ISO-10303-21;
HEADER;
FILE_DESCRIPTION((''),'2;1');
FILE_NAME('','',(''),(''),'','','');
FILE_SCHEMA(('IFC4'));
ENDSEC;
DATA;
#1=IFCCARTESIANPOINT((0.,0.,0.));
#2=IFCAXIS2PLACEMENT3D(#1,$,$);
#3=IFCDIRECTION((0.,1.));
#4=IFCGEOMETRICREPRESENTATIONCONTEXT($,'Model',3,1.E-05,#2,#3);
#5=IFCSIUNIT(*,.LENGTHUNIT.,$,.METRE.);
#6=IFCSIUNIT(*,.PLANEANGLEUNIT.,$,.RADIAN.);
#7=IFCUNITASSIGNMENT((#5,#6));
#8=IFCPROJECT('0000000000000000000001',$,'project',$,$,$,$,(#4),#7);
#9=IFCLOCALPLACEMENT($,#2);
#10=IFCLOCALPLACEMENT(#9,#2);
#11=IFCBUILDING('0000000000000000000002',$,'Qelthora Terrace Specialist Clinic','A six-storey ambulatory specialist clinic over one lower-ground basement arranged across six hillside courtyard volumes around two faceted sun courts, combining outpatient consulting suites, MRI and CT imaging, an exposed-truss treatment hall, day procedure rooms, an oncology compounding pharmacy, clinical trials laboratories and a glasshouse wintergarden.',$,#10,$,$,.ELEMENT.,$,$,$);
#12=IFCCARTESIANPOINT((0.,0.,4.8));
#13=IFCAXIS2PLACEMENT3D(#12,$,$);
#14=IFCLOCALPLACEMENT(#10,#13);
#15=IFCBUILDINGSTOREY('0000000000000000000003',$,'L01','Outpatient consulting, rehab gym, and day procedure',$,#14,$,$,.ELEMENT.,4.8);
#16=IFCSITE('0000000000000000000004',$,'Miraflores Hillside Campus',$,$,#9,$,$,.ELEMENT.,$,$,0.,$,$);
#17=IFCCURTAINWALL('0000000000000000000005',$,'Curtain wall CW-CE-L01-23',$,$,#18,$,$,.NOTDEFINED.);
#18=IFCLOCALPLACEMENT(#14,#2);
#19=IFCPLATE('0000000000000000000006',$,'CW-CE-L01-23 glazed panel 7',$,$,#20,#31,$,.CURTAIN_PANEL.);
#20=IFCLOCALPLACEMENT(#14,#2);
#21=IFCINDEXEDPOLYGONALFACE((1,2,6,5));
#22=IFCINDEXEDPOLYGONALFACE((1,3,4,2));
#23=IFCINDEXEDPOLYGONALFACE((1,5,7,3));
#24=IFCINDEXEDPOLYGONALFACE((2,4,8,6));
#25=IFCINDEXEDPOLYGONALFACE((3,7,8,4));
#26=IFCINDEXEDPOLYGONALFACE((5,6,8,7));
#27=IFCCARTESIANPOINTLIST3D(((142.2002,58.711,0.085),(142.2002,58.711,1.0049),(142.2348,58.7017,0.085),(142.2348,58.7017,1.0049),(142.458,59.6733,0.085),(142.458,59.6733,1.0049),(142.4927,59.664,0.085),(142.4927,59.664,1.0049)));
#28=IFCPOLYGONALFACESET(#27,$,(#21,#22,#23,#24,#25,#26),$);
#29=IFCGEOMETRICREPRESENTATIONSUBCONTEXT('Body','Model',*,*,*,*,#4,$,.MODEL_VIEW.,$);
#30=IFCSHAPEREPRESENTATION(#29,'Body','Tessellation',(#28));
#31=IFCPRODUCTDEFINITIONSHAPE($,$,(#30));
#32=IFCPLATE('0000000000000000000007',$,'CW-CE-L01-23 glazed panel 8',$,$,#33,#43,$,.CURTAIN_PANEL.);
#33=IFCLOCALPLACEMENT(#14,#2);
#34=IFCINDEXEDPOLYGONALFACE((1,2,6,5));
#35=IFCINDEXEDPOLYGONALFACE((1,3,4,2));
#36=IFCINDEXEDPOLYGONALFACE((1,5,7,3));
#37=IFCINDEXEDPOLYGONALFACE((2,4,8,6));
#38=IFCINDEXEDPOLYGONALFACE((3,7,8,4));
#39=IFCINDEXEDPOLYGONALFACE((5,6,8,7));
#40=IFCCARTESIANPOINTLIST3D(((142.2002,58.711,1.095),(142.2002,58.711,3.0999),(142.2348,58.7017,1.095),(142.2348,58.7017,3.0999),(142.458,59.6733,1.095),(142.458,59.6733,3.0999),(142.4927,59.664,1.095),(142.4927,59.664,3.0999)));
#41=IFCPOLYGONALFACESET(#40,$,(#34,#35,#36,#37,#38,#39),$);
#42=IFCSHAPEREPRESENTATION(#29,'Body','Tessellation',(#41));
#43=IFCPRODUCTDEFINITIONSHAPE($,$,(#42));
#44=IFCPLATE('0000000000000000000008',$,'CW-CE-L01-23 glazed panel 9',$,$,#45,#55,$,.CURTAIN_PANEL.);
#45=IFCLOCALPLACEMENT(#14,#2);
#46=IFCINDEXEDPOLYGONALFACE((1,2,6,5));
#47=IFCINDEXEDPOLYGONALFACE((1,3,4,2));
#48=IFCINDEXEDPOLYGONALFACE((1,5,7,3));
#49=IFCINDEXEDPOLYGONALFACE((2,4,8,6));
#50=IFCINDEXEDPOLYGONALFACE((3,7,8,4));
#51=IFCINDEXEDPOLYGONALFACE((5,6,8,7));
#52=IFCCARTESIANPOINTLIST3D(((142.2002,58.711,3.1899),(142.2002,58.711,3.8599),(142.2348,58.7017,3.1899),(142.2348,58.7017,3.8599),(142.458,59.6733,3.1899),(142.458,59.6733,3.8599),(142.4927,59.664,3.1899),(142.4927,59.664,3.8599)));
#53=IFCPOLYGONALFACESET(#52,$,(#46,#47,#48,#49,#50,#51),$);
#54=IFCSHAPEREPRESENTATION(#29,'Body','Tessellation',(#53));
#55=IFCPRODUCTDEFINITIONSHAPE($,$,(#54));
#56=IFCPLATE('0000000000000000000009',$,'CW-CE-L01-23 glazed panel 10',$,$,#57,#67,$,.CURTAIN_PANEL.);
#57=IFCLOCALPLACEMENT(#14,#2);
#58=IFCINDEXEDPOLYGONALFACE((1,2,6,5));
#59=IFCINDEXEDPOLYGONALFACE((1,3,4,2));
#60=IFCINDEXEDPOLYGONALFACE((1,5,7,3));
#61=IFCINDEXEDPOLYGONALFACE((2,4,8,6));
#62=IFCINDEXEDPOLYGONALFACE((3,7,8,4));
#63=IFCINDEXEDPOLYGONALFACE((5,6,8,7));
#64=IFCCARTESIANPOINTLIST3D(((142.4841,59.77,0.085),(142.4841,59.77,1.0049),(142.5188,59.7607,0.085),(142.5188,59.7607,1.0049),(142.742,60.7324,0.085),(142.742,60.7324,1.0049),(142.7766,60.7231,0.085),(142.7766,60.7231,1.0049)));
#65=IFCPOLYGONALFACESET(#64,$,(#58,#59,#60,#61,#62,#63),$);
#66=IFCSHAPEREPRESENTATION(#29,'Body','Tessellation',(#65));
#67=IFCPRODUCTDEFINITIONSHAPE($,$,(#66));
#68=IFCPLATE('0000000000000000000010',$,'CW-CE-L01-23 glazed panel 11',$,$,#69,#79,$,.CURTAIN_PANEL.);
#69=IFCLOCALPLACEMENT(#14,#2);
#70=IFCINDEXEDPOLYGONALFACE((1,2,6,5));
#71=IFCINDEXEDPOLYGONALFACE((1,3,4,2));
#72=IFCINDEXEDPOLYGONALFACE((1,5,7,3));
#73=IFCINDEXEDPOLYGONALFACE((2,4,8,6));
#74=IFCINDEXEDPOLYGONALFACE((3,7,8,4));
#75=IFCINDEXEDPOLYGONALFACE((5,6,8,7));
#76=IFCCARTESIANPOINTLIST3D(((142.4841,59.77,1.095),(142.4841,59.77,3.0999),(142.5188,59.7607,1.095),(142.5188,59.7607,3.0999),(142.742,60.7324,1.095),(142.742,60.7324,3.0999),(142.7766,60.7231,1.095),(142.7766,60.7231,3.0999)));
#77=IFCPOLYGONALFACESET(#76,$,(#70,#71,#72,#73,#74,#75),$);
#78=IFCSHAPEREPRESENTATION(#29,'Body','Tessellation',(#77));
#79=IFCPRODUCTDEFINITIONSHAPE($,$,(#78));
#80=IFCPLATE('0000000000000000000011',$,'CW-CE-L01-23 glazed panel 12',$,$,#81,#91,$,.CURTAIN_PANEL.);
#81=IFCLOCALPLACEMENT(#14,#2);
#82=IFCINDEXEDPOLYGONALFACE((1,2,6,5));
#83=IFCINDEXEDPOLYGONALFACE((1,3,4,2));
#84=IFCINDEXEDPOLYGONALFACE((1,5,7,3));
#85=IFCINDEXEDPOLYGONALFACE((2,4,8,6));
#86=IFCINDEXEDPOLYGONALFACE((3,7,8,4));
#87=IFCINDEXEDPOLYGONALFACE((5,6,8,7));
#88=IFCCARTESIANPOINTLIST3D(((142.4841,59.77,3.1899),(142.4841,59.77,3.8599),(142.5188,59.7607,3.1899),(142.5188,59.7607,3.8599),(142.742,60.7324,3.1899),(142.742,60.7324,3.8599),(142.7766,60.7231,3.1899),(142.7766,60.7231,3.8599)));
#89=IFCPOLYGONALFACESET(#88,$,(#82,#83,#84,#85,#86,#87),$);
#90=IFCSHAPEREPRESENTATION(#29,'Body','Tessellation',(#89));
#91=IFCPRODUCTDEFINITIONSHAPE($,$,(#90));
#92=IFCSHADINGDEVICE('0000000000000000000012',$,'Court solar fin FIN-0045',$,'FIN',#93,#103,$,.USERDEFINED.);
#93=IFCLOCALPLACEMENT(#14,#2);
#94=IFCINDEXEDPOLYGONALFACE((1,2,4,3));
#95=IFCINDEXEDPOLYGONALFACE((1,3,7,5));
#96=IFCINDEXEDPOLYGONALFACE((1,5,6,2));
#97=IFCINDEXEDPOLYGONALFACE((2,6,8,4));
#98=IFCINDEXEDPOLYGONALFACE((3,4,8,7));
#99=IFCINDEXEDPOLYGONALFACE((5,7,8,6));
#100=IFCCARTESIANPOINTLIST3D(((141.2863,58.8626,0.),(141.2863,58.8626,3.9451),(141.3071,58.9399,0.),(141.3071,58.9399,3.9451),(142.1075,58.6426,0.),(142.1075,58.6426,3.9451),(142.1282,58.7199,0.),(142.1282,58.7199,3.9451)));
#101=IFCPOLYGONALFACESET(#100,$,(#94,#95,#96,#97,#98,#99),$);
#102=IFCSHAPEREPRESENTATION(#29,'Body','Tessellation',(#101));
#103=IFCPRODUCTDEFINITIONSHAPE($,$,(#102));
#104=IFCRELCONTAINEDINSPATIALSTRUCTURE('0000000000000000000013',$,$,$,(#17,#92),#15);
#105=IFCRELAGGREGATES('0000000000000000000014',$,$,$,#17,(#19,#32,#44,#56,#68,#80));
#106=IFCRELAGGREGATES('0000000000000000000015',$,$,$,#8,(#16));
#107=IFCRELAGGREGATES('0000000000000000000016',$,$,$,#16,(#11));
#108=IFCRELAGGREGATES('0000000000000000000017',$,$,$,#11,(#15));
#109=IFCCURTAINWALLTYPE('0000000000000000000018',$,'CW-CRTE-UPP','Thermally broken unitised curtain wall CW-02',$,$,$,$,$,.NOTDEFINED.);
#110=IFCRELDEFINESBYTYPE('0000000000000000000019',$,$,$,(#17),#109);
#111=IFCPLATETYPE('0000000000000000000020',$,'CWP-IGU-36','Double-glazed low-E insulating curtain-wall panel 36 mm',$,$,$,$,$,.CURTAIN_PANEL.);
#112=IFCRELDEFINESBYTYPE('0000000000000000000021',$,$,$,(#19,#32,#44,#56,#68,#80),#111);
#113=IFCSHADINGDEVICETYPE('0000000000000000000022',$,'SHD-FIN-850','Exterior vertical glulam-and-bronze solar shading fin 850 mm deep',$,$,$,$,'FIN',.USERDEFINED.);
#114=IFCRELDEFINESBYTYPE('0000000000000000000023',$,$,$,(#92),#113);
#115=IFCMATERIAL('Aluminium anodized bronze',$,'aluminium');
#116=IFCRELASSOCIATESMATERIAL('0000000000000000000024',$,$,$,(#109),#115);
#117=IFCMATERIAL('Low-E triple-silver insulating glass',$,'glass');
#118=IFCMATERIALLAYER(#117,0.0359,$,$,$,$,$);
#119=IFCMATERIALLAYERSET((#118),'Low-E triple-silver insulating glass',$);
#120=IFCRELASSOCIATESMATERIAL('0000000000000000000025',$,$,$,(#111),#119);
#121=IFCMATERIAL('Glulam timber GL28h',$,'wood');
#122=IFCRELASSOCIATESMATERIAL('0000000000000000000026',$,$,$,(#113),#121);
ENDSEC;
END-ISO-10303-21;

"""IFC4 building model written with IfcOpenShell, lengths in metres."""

from ifc_helpers import new_model, si_unit, direction, frame, origin, origin_2d, place, context, subcontext, project, spatial, rectangle, extrude, material, layer, layer_set, type_object, element, aggregate, save


model = new_model("IFC4")

# Units and contexts
model_context = context("Model", 3, precision=1e-05, world=origin(), true_north=direction((0.0, 1.0)))
body_context = subcontext(model_context, "Body", "Model", "MODEL_VIEW")
ifc_project = project(units=[si_unit("LENGTHUNIT", "METRE"), si_unit("PLANEANGLEUNIT", "RADIAN")], contexts=[model_context])

# Site, building, storey
site_placement = place(None, origin())
site = spatial("IfcSite", under=ifc_project, at=site_placement, Name="Miraflores Hillside Campus", CompositionType="ELEMENT", RefElevation=0.0)
building_placement = place(site_placement, origin())
building = spatial("IfcBuilding", under=site, at=building_placement, Name="Qelthora Terrace Specialist Clinic", Description="A six-storey ambulatory specialist clinic over one lower-ground basement arranged across six hillside courtyard volumes around two faceted sun courts, combining outpatient consulting suites, MRI and CT imaging, an exposed-truss treatment hall, day procedure rooms, an oncology compounding pharmacy, clinical trials laboratories and a glasshouse wintergarden.", CompositionType="ELEMENT")
storey_placement = place(building_placement, frame((0.0, 0.0, 4.8)))
storey = spatial("IfcBuildingStorey", under=building, at=storey_placement, Name="L01", Description="Outpatient consulting, rehab gym, and day procedure", CompositionType="ELEMENT", Elevation=4.8)

# Shared definitions
ifc_material_1 = material(Name="Aluminium anodized bronze", Category="aluminium")
curtain_wall_type = type_object("IfcCurtainWallType", Name="CW-CRTE-UPP", Description="Thermally broken unitised curtain wall CW-02", PredefinedType="NOTDEFINED", material=ifc_material_1)

# Curtain wall
curtain_wall_1_placement = place(storey_placement, origin())
curtain_wall_1 = element("IfcCurtainWall", 1, at=curtain_wall_1_placement, inside=storey, type_object=curtain_wall_type, Name="Curtain wall CW-CE-L01-23", PredefinedType="NOTDEFINED")

# Plates
ifc_material_2 = material(Name="Low-E triple-silver insulating glass", Category="glass")
ifc_layer = layer(ifc_material_2, 0.0359)
ifc_layer_set = layer_set([ifc_layer], Name="Low-E triple-silver insulating glass")
plate_type = type_object("IfcPlateType", Name="CWP-IGU-36", Description="Double-glazed low-E insulating curtain-wall panel 36 mm", PredefinedType="CURTAIN_PANEL", material=ifc_layer_set)
plate_1_placement = place(storey_placement, frame((142.3464, 59.1875, 0.085), z_axis=(0.0, 0.0, 1.0), x_axis=(0.258819, 0.965926, 0.0)))
plate_1 = element("IfcPlate", 2, at=plate_1_placement, type_object=plate_type, Name="CW-CE-L01-23 glazed panel 7", PredefinedType="CURTAIN_PANEL", context=body_context, shape_type="SweptSolid", body=[
    extrude(rectangle(XDim=0.9963, YDim=0.0359, at=origin_2d()), origin(), (0.0, 0.0, 1.0), 0.9199),
])
plate_2_placement = place(storey_placement, frame((142.3464, 59.1875, 1.095), z_axis=(0.0, 0.0, 1.0), x_axis=(0.258819, 0.965926, 0.0)))
plate_2 = element("IfcPlate", 3, at=plate_2_placement, type_object=plate_type, Name="CW-CE-L01-23 glazed panel 8", PredefinedType="CURTAIN_PANEL", context=body_context, shape_type="SweptSolid", body=[
    extrude(rectangle(XDim=0.9963, YDim=0.0359, at=origin_2d()), origin(), (0.0, 0.0, 1.0), 2.0049),
])
plate_3_placement = place(storey_placement, frame((142.3464, 59.1875, 3.1899), z_axis=(0.0, 0.0, 1.0), x_axis=(0.258819, 0.965926, 0.0)))
plate_3 = element("IfcPlate", 4, at=plate_3_placement, type_object=plate_type, Name="CW-CE-L01-23 glazed panel 9", PredefinedType="CURTAIN_PANEL", context=body_context, shape_type="SweptSolid", body=[
    extrude(rectangle(XDim=0.9963, YDim=0.0359, at=origin_2d()), origin(), (0.0, 0.0, 1.0), 0.6699),
])
plate_4_placement = place(storey_placement, frame((142.6304, 60.2466, 0.085), z_axis=(0.0, 0.0, 1.0), x_axis=(0.258819, 0.965926, 0.0)))
plate_4 = element("IfcPlate", 5, at=plate_4_placement, type_object=plate_type, Name="CW-CE-L01-23 glazed panel 10", PredefinedType="CURTAIN_PANEL", context=body_context, shape_type="SweptSolid", body=[
    extrude(rectangle(XDim=0.9963, YDim=0.0359, at=origin_2d()), origin(), (0.0, 0.0, 1.0), 0.9199),
])
plate_5_placement = place(storey_placement, frame((142.6304, 60.2466, 1.095), z_axis=(0.0, 0.0, 1.0), x_axis=(0.258819, 0.965926, 0.0)))
plate_5 = element("IfcPlate", 6, at=plate_5_placement, type_object=plate_type, Name="CW-CE-L01-23 glazed panel 11", PredefinedType="CURTAIN_PANEL", context=body_context, shape_type="SweptSolid", body=[
    extrude(rectangle(XDim=0.9963, YDim=0.0359, at=origin_2d()), origin(), (0.0, 0.0, 1.0), 2.0049),
])
plate_6_placement = place(storey_placement, frame((142.6304, 60.2466, 3.1899), z_axis=(0.0, 0.0, 1.0), x_axis=(0.258819, 0.965926, 0.0)))
plate_6 = element("IfcPlate", 7, at=plate_6_placement, type_object=plate_type, Name="CW-CE-L01-23 glazed panel 12", PredefinedType="CURTAIN_PANEL", context=body_context, shape_type="SweptSolid", body=[
    extrude(rectangle(XDim=0.9963, YDim=0.0359, at=origin_2d()), origin(), (0.0, 0.0, 1.0), 0.6699),
])
aggregate(curtain_wall_1, [plate_1, plate_2, plate_3, plate_4, plate_5, plate_6])

# Shading device
ifc_material_3 = material(Name="Glulam timber GL28h", Category="wood")
shading_device_type = type_object("IfcShadingDeviceType", Name="SHD-FIN-850", Description="Exterior vertical glulam-and-bronze solar shading fin 850 mm deep", ElementType="FIN", PredefinedType="USERDEFINED", material=ifc_material_3)
shading_device_placement = place(storey_placement, frame((141.7073, 58.7913, 0.0), z_axis=(0.0, 0.0, 1.0), x_axis=(-0.965926, 0.258819, 0.0)))
element("IfcShadingDevice", 8, at=shading_device_placement, inside=storey, type_object=shading_device_type, Name="Court solar fin FIN-0045", ObjectType="FIN", PredefinedType="USERDEFINED", context=body_context, shape_type="SweptSolid", body=[
    extrude(rectangle(XDim=0.8501, YDim=0.0801, at=origin_2d()), origin(), (0.0, 0.0, 1.0), 3.9451),
])

save(model, "model.ifc")
